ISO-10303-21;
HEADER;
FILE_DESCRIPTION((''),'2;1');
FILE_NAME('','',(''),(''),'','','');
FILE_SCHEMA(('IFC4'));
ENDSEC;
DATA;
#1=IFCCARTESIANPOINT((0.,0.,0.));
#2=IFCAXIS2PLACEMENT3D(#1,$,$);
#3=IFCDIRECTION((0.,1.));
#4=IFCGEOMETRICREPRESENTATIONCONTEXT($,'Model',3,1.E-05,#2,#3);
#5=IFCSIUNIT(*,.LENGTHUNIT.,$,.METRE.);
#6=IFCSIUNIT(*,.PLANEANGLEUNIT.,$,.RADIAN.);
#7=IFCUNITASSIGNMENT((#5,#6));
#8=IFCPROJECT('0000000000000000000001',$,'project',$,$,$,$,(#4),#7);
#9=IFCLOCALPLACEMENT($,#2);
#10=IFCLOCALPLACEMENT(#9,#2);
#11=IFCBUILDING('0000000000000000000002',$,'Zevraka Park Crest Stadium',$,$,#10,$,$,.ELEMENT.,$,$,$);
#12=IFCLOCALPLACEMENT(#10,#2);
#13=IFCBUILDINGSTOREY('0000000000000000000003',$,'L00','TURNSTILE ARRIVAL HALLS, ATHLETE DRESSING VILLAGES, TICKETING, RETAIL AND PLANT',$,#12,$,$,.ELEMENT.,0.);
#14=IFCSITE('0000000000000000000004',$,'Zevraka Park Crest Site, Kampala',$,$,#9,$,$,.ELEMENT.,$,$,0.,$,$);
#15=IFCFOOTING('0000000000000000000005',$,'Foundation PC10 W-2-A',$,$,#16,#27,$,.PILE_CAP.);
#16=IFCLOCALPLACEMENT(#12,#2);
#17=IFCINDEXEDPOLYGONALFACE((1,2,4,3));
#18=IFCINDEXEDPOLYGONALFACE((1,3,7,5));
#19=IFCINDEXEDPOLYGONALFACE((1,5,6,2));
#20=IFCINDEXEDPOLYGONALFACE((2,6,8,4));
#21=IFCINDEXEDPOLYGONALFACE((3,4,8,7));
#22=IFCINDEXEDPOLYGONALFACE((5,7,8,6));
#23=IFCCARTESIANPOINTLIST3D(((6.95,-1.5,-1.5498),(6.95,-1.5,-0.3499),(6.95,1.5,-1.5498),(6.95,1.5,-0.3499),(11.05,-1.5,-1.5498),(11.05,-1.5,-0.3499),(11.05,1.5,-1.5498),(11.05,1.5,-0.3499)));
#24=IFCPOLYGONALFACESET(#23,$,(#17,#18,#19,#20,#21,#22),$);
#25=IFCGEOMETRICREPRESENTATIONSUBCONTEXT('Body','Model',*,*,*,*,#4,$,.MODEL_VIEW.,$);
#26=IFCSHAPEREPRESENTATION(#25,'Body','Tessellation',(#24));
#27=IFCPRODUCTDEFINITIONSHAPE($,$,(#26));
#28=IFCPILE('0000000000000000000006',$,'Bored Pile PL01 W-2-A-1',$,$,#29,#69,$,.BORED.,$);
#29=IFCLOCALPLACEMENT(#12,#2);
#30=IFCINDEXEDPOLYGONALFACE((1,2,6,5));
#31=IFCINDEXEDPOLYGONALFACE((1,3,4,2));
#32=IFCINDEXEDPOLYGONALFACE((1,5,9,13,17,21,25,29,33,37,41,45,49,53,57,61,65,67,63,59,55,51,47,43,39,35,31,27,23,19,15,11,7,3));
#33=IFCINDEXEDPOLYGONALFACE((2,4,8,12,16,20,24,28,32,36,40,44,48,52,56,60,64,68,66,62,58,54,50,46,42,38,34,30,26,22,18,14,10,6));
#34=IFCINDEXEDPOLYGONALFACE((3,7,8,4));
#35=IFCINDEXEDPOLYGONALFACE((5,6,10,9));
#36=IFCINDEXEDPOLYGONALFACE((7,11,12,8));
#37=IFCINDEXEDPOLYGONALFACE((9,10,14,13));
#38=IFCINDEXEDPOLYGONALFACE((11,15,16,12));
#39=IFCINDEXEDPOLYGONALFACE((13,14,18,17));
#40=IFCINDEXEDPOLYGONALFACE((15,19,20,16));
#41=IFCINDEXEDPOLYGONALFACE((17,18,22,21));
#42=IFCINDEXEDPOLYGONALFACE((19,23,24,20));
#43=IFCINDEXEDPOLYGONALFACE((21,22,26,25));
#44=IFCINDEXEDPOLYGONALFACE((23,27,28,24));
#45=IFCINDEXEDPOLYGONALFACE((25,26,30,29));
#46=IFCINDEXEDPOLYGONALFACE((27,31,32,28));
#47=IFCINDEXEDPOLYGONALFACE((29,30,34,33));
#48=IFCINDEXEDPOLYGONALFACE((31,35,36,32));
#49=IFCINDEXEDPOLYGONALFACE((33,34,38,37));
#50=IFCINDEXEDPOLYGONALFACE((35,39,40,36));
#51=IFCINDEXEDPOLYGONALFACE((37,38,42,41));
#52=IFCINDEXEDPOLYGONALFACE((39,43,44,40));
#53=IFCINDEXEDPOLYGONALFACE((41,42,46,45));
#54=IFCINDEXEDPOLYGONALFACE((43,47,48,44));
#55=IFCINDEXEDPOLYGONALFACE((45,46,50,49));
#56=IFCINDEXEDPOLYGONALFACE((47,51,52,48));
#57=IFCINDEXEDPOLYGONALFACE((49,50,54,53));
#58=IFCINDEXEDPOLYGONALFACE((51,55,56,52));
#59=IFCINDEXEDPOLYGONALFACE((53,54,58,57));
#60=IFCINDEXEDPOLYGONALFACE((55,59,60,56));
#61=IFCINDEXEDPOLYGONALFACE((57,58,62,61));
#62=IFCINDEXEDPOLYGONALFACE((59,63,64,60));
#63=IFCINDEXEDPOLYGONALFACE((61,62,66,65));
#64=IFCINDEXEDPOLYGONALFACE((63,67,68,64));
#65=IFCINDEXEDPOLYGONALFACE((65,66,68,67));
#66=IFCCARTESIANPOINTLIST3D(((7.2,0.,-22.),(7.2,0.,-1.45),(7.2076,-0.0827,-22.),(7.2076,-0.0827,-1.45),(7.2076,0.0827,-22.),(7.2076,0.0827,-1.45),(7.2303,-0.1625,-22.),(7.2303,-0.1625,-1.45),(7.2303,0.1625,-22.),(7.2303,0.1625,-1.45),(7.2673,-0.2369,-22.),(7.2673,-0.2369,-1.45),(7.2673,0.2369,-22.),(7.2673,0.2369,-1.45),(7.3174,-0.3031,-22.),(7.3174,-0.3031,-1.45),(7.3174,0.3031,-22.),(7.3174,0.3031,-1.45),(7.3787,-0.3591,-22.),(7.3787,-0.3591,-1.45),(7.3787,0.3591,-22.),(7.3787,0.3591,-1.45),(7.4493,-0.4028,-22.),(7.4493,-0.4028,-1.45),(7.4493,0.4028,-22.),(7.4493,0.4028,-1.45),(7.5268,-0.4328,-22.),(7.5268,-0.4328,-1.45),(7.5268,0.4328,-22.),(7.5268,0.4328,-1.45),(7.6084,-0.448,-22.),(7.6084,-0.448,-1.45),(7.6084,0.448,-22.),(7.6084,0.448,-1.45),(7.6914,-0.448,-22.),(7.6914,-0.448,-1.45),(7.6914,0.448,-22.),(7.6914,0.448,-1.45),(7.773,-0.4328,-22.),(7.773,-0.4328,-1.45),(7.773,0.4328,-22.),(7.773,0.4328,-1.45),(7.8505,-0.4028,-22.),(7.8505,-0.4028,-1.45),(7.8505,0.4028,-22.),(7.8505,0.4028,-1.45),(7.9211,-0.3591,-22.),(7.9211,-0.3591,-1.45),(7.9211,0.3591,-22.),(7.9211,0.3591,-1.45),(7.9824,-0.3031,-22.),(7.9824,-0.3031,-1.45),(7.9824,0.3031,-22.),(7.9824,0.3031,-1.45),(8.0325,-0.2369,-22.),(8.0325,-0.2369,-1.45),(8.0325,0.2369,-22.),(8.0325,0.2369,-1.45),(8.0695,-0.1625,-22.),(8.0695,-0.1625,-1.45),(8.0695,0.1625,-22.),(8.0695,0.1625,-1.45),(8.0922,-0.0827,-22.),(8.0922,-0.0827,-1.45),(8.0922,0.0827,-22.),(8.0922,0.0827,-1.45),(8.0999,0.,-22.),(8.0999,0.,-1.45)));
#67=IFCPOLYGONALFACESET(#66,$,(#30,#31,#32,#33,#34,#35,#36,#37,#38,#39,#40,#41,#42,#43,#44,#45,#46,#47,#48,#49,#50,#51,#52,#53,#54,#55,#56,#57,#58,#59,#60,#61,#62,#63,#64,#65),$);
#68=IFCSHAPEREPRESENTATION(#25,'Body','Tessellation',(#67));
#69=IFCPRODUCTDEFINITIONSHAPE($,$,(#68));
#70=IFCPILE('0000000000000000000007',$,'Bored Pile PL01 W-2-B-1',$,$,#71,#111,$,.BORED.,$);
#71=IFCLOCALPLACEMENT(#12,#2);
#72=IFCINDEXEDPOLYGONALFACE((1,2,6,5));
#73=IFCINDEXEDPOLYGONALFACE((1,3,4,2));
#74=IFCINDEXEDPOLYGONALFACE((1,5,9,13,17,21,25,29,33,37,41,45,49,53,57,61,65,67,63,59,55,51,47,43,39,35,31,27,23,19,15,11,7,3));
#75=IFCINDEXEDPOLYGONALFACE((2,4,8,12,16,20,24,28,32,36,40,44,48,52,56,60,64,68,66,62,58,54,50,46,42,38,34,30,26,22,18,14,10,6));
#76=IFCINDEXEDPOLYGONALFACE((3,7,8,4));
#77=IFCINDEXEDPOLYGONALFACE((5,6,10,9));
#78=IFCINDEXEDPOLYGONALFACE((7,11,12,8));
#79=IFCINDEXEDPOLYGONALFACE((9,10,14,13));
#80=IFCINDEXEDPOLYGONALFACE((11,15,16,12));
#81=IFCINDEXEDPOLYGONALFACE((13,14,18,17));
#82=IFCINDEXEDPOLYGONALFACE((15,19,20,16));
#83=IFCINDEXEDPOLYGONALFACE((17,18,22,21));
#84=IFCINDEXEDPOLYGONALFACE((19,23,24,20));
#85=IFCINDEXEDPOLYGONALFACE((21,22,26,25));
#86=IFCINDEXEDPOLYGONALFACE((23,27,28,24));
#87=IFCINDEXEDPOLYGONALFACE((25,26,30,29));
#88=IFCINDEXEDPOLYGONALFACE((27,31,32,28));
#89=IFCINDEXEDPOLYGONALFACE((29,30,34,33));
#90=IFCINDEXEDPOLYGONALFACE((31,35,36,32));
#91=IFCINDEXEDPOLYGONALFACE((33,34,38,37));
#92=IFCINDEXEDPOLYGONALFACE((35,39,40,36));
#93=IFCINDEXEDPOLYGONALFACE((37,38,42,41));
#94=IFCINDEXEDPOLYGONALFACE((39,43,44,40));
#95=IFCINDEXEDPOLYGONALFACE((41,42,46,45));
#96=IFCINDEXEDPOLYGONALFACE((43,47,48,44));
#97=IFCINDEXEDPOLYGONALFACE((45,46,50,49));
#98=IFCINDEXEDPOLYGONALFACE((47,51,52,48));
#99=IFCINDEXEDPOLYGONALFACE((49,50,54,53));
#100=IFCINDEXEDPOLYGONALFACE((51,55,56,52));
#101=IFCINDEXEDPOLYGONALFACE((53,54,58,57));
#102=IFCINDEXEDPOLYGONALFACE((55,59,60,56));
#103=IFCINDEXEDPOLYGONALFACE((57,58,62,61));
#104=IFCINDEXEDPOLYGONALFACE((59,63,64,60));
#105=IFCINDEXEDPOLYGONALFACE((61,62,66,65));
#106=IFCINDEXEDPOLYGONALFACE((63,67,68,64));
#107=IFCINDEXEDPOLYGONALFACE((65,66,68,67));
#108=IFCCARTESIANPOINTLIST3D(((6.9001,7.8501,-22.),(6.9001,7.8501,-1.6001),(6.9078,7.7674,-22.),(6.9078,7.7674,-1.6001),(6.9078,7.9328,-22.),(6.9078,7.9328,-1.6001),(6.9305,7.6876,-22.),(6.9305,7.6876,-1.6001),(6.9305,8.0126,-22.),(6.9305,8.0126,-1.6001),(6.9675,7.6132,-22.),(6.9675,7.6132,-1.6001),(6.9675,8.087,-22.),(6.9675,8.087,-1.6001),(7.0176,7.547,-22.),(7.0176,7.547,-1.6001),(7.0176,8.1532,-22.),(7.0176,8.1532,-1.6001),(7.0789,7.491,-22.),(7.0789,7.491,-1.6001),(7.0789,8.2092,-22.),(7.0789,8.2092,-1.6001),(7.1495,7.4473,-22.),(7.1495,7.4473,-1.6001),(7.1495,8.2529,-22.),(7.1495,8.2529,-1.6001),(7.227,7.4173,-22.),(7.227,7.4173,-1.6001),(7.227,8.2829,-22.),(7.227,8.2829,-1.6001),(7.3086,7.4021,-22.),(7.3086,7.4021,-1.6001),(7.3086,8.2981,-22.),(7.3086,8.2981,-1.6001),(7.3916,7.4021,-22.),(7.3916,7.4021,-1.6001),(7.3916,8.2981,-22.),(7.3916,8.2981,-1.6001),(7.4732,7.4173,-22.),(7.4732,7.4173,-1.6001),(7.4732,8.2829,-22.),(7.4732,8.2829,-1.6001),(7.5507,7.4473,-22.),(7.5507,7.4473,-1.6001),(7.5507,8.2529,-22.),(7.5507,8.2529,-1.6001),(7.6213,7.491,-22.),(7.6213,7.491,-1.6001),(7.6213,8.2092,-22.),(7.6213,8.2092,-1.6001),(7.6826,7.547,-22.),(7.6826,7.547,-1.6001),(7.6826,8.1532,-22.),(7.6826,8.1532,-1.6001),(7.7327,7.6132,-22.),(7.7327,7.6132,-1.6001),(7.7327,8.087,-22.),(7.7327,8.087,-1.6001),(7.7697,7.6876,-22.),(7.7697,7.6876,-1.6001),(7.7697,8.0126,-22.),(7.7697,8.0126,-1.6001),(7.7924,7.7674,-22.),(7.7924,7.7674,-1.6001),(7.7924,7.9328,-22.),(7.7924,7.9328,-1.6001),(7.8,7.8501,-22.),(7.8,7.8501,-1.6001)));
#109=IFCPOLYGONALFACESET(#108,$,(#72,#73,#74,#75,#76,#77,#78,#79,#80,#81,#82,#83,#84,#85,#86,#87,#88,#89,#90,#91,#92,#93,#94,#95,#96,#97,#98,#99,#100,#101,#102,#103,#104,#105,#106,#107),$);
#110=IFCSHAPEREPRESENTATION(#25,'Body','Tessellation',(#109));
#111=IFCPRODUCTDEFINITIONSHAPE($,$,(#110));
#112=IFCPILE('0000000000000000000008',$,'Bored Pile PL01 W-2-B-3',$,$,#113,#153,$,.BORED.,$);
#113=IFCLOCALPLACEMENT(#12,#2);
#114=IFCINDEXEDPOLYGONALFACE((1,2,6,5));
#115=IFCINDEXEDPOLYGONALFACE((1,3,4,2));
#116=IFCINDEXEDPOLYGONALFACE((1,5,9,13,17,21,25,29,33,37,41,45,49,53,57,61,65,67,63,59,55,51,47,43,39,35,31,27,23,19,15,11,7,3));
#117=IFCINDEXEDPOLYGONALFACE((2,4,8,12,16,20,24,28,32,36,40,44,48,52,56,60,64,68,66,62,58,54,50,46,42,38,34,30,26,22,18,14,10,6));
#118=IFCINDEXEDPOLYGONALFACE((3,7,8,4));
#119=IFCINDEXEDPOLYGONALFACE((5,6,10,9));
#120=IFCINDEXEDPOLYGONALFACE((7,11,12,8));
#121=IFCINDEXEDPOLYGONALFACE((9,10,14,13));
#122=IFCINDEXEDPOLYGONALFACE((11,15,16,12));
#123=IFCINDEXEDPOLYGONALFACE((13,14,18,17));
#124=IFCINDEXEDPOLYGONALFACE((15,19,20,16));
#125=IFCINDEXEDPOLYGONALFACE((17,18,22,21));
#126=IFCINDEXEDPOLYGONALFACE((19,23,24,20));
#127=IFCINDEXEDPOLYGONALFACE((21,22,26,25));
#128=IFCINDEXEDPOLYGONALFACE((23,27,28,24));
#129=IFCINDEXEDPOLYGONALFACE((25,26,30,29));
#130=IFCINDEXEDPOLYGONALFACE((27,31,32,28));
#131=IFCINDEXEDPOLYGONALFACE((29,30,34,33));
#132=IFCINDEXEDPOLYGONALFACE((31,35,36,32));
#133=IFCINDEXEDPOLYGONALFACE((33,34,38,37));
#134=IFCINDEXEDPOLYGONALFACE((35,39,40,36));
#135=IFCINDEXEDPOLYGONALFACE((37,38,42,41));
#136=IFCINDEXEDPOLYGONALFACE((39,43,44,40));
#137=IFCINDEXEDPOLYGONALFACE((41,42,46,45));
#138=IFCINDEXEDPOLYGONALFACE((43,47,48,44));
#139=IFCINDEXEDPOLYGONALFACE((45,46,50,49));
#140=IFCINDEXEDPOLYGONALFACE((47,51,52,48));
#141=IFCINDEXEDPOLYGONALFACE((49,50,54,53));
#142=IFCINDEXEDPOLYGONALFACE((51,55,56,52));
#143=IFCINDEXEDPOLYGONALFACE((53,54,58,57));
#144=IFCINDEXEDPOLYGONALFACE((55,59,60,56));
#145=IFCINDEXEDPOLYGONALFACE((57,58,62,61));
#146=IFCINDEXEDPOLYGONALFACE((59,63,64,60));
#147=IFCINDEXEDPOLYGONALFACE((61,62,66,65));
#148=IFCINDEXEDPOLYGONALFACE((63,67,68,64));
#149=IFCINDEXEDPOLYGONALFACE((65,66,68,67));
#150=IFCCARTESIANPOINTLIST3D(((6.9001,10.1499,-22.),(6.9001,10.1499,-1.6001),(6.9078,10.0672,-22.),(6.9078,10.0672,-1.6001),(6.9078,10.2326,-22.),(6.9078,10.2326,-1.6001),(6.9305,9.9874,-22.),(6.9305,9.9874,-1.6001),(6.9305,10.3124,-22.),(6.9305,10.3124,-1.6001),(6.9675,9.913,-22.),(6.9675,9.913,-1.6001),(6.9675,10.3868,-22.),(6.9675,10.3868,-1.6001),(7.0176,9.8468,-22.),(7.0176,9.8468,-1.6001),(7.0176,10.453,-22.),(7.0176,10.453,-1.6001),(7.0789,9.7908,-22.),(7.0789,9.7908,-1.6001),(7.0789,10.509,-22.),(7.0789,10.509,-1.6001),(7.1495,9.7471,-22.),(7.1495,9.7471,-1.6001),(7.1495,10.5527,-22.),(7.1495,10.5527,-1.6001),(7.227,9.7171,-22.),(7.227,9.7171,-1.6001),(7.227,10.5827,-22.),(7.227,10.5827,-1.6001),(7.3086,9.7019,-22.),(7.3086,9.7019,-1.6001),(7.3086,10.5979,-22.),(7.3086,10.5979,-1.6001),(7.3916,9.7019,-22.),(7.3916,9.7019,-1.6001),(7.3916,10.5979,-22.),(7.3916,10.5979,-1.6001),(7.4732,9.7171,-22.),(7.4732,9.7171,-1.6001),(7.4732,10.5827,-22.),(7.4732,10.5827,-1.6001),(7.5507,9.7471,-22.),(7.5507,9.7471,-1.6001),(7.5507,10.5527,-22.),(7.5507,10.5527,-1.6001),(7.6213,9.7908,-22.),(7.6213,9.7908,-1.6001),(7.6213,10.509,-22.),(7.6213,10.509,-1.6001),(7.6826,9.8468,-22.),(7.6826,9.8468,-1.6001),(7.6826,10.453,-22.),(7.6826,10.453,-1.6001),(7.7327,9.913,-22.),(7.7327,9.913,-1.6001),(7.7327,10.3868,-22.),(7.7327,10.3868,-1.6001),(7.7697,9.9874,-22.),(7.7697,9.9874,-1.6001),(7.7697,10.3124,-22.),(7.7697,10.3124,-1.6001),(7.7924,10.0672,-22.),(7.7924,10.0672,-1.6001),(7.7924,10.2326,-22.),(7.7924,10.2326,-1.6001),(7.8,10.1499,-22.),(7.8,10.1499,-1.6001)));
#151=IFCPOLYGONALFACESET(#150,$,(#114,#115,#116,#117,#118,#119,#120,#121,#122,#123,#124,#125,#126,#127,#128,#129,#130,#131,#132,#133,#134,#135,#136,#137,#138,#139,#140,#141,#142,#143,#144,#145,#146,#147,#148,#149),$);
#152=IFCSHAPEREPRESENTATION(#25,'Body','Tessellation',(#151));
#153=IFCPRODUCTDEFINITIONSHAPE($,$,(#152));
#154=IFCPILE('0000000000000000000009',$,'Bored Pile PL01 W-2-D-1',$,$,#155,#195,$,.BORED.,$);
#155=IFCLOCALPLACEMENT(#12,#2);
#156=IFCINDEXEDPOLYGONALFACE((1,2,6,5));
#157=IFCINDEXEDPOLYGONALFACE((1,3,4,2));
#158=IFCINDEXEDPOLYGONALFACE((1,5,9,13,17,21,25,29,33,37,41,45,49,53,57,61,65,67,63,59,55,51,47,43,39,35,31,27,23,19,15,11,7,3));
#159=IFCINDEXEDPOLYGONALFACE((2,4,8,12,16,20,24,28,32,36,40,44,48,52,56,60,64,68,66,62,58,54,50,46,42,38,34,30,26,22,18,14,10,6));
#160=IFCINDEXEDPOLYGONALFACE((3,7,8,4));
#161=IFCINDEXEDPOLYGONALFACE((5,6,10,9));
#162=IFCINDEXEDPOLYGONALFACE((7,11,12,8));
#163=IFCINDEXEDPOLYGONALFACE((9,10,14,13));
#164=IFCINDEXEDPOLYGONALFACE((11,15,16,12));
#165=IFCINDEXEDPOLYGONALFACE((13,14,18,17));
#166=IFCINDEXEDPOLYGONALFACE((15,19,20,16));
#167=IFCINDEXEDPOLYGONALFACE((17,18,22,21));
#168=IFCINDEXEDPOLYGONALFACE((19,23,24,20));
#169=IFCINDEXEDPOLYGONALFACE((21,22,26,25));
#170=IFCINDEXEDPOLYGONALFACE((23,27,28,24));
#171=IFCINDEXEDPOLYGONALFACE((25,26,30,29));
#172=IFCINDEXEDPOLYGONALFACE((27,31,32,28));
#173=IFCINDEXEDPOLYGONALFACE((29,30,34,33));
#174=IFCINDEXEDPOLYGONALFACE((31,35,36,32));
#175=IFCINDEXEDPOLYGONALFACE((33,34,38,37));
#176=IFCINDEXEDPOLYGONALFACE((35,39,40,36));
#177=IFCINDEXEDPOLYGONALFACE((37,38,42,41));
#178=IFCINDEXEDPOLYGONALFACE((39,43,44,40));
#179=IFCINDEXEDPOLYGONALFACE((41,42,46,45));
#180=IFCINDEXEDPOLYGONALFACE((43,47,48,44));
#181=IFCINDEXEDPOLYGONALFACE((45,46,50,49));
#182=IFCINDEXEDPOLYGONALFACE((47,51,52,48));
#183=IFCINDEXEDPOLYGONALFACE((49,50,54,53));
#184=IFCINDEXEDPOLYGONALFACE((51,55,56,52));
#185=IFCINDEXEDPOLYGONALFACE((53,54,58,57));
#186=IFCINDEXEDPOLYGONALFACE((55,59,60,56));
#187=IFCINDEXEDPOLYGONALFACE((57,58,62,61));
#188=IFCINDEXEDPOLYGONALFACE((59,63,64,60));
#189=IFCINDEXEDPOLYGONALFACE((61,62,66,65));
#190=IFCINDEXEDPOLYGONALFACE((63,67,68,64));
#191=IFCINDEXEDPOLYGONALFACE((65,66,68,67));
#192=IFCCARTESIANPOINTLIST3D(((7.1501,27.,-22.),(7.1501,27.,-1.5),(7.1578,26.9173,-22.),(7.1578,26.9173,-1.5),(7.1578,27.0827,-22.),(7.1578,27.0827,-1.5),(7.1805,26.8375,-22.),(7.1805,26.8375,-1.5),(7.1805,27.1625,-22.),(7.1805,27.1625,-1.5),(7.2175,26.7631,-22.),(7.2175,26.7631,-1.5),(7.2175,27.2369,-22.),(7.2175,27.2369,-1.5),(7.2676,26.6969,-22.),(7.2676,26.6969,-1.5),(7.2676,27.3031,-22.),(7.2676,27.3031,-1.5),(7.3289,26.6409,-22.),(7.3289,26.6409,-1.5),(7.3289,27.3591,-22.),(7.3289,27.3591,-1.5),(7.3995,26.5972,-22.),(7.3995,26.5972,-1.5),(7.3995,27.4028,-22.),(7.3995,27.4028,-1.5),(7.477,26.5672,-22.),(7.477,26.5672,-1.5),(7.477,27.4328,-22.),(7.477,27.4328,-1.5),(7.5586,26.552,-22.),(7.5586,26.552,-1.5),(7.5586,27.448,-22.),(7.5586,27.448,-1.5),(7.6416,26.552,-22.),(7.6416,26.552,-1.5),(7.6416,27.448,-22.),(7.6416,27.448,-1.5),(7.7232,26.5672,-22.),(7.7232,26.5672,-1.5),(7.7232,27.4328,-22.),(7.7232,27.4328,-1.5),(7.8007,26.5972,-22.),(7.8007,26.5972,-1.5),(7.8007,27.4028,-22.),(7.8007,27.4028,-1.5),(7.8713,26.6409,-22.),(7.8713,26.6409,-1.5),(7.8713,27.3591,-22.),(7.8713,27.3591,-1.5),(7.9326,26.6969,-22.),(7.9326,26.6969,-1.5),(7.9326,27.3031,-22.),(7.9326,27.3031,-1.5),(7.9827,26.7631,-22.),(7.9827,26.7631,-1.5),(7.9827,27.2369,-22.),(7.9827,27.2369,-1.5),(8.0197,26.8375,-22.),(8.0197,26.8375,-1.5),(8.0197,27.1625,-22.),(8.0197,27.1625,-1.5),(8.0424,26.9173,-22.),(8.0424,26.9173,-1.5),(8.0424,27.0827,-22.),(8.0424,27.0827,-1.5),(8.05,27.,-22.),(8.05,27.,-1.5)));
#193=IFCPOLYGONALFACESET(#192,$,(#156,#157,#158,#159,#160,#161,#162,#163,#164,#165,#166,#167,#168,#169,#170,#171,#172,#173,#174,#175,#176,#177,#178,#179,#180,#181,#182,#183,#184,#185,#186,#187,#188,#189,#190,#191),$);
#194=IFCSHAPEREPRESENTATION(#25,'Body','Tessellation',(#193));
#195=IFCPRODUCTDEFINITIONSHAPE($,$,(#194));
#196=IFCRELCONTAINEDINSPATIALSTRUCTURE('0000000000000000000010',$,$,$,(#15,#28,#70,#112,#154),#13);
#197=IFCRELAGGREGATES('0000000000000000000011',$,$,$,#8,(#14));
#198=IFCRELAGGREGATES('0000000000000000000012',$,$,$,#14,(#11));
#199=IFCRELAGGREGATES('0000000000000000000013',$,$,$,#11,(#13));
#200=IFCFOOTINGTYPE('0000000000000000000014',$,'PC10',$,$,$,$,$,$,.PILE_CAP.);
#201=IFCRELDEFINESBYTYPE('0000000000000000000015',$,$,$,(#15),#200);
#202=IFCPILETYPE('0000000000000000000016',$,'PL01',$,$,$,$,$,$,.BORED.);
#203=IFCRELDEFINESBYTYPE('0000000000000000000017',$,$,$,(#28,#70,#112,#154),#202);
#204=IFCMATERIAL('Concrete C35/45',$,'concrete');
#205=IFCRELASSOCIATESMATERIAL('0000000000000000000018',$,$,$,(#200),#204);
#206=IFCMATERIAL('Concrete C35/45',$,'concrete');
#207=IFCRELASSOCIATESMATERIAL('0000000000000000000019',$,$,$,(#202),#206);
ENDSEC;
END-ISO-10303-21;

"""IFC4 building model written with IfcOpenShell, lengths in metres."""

from ifc_helpers import new_model, si_unit, direction, frame, origin, origin_2d, place, context, subcontext, project, spatial, rectangle, circle, extrude, material, material_profile, profile_set, type_object, element, save


model = new_model("IFC4")

# Units and contexts
model_context = context("Model", 3, precision=1e-05, world=origin(), true_north=direction((0.0, 1.0)))
body_context = subcontext(model_context, "Body", "Model", "MODEL_VIEW")
ifc_project = project(units=[si_unit("LENGTHUNIT", "METRE"), si_unit("PLANEANGLEUNIT", "RADIAN")], contexts=[model_context])

# Site, building, storey
site_placement = place(None, origin())
site = spatial("IfcSite", under=ifc_project, at=site_placement, Name="Zevraka Park Crest Site, Kampala", CompositionType="ELEMENT", RefElevation=0.0)
building_placement = place(site_placement, origin())
building = spatial("IfcBuilding", under=site, at=building_placement, Name="Zevraka Park Crest Stadium", CompositionType="ELEMENT")
storey_placement = place(building_placement, origin())
storey = spatial("IfcBuildingStorey", under=building, at=storey_placement, Name="L00", Description="TURNSTILE ARRIVAL HALLS, ATHLETE DRESSING VILLAGES, TICKETING, RETAIL AND PLANT", CompositionType="ELEMENT", Elevation=0.0)

# Footing
ifc_material_1 = material(Name="Concrete C35/45", Category="concrete")
footing_type = type_object("IfcFootingType", Name="PC10", PredefinedType="PILE_CAP", material=ifc_material_1)
footing_placement = place(storey_placement, frame((9.0, 0.0, -1.5498), z_axis=(0.0, 0.0, 1.0), x_axis=(1.0, 0.0, 0.0)))
element("IfcFooting", 1, at=footing_placement, inside=storey, type_object=footing_type, Name="Foundation PC10 W-2-A", PredefinedType="PILE_CAP", context=body_context, shape_type="SweptSolid", body=[
    extrude(rectangle(XDim=4.1001, YDim=3.0, at=origin_2d()), origin(), (0.0, 0.0, 1.0), 1.2),
])

# Piles
ifc_material_2 = material(Name="Concrete C35/45", Category="concrete")
ifc_material_profile_1 = material_profile(ifc_material_2, circle(Radius=0.45, at=origin_2d()), Name="PILE D900")
ifc_profile_set_1 = profile_set([ifc_material_profile_1], Name="Concrete C35/45")
pile_type_1 = type_object("IfcPileType", Name="PL01", PredefinedType="BORED", material=ifc_profile_set_1)
pile_1_placement = place(storey_placement, frame((7.6499, 0.0, -1.45), z_axis=(0.0, 0.0, -1.0), x_axis=(1.0, 0.0, 0.0)))
element("IfcPile", 2, at=pile_1_placement, inside=storey, type_object=pile_type_1, Name="Bored Pile PL01 W-2-A-1", PredefinedType="BORED", context=body_context, shape_type="SweptSolid", body=[
    extrude(circle(Radius=0.45, at=origin_2d()), origin(), (0.0, 0.0, 1.0), 20.55),
])
for number, where, z_axis, x_axis, name in (
    (3, (7.3501, 7.8501, -1.6001), (0.0, 0.0, -1.0), (1.0, 0.0, 0.0), "Bored Pile PL01 W-2-B-1"),
    (4, (7.3501, 10.1499, -1.6001), (0.0, 0.0, -1.0), (1.0, 0.0, 0.0), "Bored Pile PL01 W-2-B-3"),
):
    element("IfcPile", number, at=place(storey_placement, frame(where, z_axis=z_axis, x_axis=x_axis)), inside=storey, type_object=pile_type_1, Name=name, PredefinedType="BORED", context=body_context, shape_type="SweptSolid", body=[
        extrude(circle(Radius=0.45, at=origin_2d()), origin(), (0.0, 0.0, 1.0), 20.3999),
    ])
pile_2_placement = place(storey_placement, frame((7.6001, 27.0, -1.5), z_axis=(0.0, 0.0, -1.0), x_axis=(1.0, 0.0, 0.0)))
element("IfcPile", 5, at=pile_2_placement, inside=storey, type_object=pile_type_1, Name="Bored Pile PL01 W-2-D-1", PredefinedType="BORED", context=body_context, shape_type="SweptSolid", body=[
    extrude(circle(Radius=0.45, at=origin_2d()), origin(), (0.0, 0.0, 1.0), 20.5),
])

save(model, "model.ifc")
